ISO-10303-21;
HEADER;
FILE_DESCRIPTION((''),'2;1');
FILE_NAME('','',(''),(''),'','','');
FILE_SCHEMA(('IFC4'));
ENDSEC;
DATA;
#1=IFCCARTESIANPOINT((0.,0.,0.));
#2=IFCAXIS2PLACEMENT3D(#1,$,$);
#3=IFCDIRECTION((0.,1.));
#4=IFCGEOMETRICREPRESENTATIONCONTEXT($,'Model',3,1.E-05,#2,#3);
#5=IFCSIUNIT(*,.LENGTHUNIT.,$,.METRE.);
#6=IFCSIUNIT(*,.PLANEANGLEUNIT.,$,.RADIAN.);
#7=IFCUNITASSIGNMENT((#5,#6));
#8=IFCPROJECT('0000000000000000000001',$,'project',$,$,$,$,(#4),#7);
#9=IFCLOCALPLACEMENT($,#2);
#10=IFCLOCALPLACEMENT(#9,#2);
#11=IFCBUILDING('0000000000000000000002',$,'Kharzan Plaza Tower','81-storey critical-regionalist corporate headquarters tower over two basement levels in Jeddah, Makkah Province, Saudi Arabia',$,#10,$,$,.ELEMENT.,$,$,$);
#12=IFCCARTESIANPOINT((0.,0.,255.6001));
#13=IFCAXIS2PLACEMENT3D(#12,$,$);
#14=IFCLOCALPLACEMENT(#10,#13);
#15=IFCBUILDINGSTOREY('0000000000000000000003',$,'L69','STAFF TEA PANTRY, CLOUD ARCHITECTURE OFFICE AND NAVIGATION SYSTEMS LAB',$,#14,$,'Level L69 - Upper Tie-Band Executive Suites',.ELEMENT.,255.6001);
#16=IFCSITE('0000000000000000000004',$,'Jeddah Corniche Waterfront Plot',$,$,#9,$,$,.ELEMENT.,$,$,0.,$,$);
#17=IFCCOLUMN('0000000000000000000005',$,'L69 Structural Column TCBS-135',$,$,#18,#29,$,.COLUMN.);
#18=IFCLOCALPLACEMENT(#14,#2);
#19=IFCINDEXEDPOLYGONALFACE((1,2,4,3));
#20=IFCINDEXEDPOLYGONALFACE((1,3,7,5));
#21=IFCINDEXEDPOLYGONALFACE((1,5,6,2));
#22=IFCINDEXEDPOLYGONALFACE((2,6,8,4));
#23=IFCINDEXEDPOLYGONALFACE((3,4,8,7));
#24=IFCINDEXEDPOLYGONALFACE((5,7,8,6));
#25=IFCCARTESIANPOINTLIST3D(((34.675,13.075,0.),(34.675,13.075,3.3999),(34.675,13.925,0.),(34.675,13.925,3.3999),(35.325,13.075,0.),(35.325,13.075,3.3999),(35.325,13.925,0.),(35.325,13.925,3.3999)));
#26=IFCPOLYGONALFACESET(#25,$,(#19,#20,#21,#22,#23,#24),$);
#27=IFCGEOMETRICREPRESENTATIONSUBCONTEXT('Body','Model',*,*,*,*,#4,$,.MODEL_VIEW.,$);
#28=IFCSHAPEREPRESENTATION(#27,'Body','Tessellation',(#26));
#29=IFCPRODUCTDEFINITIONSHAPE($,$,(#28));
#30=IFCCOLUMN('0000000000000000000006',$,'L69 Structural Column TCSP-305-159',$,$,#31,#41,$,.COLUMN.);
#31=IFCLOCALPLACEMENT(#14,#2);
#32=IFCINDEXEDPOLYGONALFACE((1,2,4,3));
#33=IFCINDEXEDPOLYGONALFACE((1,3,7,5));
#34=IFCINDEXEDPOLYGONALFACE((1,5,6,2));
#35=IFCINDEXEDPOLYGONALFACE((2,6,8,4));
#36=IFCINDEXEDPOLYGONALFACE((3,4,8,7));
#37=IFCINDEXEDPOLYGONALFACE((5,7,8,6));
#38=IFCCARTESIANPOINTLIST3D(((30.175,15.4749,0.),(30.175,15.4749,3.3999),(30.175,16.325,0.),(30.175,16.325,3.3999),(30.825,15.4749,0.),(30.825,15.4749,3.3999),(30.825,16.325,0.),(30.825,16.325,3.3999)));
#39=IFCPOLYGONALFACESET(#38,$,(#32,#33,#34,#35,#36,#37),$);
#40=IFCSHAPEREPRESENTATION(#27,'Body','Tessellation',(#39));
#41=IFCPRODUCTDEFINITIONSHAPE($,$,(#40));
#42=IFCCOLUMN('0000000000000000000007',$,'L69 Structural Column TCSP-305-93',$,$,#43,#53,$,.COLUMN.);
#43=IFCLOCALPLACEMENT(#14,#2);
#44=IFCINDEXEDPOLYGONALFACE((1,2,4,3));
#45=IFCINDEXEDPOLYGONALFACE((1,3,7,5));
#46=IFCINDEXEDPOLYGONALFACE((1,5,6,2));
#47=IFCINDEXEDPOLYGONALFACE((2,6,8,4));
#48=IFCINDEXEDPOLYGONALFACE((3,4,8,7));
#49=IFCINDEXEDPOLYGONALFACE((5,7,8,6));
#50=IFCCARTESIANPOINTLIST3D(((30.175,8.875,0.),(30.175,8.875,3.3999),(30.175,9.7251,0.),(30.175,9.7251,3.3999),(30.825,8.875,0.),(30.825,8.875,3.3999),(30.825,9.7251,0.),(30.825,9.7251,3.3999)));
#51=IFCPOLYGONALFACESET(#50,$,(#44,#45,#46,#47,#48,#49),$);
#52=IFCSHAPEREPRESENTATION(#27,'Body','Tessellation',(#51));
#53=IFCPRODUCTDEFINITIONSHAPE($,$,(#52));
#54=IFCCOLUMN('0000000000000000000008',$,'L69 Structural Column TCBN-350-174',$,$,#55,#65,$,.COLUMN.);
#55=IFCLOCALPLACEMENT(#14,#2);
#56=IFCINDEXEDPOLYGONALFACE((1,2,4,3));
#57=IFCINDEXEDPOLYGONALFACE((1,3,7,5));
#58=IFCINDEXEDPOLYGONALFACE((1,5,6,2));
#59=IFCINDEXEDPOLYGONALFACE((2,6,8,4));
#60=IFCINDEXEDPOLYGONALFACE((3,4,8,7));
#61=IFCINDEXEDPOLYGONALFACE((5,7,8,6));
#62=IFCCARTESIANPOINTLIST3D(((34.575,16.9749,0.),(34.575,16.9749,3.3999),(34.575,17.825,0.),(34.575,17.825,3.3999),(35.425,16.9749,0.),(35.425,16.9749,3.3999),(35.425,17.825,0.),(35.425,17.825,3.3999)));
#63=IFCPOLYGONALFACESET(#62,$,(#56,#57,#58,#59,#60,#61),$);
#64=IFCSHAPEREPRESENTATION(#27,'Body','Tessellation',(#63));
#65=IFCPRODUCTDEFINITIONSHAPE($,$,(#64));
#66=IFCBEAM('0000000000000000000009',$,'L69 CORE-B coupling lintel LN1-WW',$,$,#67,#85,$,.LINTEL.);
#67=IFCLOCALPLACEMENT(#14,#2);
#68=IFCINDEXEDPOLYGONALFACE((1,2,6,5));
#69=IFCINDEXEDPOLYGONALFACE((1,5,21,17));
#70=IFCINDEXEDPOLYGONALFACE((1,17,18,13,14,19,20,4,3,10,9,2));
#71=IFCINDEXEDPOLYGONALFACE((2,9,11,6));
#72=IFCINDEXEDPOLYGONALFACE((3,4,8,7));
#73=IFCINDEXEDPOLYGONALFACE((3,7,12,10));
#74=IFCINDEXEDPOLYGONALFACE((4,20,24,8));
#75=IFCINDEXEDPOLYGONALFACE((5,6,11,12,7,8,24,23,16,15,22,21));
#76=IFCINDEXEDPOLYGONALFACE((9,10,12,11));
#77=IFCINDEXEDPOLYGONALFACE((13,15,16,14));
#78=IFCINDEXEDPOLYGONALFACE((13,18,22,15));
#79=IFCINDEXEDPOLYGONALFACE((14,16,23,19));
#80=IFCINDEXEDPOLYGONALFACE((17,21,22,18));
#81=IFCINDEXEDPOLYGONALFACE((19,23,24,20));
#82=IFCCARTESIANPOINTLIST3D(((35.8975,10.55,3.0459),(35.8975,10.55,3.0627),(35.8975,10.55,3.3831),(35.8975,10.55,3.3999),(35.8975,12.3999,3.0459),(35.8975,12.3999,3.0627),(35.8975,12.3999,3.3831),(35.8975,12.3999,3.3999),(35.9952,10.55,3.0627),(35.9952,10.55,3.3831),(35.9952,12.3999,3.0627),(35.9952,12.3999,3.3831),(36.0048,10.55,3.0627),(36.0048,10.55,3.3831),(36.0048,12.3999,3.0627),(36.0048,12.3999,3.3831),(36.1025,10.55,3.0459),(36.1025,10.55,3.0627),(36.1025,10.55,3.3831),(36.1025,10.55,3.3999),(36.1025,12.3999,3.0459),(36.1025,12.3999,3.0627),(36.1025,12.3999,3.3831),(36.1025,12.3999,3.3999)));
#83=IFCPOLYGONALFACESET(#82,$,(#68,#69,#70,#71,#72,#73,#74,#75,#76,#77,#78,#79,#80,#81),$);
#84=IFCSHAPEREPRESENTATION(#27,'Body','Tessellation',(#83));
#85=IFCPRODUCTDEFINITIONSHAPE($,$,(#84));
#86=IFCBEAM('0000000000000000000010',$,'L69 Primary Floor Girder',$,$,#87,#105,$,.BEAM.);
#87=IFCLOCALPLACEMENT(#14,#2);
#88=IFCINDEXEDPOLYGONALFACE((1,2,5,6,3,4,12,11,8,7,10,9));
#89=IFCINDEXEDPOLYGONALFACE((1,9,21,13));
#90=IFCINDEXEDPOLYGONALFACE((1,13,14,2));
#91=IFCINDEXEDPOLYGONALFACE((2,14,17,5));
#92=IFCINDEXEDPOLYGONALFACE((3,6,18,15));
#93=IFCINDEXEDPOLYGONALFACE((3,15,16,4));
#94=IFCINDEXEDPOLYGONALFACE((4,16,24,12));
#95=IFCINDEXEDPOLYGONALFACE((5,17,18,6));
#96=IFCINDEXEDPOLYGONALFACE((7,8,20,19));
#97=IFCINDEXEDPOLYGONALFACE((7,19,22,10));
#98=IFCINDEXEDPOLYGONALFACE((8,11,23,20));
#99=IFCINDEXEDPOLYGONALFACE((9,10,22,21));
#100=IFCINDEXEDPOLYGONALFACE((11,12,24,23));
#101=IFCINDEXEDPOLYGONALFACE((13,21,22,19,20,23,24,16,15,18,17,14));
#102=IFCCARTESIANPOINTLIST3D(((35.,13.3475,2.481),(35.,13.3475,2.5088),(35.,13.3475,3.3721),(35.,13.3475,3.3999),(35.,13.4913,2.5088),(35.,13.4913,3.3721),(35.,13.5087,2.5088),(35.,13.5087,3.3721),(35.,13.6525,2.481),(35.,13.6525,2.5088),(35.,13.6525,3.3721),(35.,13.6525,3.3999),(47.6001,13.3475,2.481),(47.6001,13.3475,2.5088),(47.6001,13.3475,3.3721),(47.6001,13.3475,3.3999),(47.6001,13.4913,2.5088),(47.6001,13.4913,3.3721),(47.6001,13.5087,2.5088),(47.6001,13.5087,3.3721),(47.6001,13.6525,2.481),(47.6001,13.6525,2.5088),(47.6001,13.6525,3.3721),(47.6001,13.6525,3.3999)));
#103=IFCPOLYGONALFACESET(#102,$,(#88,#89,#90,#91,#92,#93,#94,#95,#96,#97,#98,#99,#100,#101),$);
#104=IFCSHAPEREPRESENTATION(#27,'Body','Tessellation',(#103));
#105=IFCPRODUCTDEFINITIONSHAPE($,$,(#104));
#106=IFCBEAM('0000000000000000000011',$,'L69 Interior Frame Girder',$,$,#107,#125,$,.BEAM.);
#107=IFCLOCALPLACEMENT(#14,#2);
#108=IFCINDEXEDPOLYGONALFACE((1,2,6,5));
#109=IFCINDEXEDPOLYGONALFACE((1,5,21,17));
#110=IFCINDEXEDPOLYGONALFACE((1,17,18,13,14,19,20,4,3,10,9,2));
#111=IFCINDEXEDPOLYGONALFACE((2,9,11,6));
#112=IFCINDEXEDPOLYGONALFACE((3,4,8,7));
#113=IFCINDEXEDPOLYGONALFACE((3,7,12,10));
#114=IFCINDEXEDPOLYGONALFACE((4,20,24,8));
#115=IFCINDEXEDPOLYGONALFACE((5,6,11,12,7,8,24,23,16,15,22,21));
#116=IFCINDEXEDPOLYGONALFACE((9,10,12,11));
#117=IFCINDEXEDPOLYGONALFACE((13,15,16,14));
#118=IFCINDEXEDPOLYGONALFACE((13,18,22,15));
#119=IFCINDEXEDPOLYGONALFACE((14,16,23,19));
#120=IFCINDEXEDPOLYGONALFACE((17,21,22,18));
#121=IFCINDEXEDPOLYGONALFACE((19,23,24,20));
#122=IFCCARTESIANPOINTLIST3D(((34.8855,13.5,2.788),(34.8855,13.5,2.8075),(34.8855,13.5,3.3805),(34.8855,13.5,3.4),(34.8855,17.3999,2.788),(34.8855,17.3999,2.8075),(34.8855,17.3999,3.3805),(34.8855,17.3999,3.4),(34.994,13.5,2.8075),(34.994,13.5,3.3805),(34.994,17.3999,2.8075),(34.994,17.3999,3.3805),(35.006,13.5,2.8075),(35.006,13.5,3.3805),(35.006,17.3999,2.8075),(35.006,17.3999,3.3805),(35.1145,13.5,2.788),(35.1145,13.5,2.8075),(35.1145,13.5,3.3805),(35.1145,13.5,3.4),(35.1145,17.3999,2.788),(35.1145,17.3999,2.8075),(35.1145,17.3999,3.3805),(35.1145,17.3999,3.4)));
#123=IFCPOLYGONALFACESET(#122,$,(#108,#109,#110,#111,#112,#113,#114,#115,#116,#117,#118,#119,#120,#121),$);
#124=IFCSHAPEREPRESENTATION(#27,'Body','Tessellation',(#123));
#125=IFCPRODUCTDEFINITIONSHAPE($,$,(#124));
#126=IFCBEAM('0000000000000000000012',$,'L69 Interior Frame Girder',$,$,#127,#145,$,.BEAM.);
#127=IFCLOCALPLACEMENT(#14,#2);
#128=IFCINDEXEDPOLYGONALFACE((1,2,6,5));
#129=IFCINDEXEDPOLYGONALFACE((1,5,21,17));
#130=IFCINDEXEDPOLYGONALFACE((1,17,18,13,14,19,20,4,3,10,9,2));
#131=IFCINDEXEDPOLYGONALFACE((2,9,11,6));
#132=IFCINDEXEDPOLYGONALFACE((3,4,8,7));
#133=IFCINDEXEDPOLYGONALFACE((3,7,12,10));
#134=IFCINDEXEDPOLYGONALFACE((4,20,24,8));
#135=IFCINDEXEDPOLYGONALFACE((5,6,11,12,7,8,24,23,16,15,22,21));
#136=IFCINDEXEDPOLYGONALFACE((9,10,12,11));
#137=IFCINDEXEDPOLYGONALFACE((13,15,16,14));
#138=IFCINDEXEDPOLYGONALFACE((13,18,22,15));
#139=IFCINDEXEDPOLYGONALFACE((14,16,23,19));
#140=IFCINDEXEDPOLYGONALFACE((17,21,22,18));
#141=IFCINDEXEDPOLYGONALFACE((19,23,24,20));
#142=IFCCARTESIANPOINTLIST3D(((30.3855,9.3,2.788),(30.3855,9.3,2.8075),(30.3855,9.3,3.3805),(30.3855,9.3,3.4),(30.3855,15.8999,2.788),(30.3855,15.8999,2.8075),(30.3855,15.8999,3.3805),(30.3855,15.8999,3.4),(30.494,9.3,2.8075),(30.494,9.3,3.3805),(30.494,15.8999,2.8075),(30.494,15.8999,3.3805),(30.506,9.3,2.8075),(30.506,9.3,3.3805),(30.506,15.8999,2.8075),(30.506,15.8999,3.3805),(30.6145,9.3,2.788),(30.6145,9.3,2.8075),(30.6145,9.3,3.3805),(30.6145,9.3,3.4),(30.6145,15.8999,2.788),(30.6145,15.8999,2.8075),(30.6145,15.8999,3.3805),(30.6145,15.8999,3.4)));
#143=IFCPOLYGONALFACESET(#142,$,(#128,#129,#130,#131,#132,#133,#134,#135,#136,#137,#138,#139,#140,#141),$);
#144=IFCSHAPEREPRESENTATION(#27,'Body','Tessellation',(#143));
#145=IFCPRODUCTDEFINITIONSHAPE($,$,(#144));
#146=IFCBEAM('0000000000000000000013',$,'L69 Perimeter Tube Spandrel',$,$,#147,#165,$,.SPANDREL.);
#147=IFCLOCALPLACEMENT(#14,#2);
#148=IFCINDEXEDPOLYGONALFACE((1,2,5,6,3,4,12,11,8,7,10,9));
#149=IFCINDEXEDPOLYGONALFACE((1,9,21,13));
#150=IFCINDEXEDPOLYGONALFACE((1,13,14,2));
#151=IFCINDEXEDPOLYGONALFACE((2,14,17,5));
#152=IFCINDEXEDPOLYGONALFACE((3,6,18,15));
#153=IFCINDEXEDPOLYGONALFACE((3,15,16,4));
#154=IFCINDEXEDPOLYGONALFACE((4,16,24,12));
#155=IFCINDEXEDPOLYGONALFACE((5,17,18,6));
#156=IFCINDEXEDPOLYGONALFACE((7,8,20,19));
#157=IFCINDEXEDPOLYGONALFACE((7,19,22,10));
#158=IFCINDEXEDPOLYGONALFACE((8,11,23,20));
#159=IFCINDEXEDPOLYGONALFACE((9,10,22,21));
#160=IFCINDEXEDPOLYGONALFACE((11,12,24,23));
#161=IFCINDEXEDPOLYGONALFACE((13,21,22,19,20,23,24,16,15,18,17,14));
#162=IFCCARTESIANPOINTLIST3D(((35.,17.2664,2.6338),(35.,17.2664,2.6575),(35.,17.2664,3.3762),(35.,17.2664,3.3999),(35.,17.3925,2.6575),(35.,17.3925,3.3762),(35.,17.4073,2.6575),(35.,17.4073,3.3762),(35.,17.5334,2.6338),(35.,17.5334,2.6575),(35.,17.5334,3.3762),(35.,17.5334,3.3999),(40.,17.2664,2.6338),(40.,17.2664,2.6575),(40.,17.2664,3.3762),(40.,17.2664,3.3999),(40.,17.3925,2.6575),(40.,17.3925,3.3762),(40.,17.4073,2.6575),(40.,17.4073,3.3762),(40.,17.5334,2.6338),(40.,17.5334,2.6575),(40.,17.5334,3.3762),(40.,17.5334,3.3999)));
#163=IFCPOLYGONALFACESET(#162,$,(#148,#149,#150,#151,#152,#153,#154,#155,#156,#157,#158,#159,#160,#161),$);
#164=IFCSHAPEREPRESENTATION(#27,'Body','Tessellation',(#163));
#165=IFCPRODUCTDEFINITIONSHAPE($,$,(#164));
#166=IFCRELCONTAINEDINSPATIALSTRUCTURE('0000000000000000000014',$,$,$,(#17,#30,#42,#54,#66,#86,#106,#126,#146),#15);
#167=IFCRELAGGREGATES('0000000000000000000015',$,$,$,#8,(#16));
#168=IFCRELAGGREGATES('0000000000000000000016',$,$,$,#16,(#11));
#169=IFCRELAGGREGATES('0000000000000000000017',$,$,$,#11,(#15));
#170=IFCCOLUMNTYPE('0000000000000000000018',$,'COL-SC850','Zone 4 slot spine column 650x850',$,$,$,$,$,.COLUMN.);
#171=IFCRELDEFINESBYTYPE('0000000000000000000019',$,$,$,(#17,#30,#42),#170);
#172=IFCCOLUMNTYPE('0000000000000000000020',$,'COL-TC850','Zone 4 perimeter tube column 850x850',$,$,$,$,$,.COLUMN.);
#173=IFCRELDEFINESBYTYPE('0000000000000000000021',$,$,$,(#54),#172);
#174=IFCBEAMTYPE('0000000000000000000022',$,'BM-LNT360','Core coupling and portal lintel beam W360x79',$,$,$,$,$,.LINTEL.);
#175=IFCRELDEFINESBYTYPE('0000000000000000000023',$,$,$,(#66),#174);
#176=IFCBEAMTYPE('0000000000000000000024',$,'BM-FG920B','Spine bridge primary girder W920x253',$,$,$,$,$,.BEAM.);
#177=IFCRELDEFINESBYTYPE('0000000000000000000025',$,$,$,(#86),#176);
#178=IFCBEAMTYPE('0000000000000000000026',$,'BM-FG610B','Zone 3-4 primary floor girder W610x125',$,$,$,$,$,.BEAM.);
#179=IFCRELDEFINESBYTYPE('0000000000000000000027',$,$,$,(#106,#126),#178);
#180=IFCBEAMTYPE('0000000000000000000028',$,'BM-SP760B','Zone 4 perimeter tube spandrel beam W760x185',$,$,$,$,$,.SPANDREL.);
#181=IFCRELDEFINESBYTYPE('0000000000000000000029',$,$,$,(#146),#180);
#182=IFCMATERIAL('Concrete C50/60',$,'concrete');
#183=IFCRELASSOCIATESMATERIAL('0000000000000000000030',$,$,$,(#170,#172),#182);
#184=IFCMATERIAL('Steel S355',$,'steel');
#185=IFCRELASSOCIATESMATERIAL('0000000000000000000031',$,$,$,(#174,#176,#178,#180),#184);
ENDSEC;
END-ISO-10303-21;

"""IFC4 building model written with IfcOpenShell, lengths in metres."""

from ifc_helpers import new_model, si_unit, direction, frame, origin, origin_2d, place, context, subcontext, project, spatial, rectangle, i_section, extrude, source, transform, mapped, material, material_profile, profile_set, type_object, element, save


model = new_model("IFC4")

# Units and contexts
model_context = context("Model", 3, precision=1e-05, world=origin(), true_north=direction((0.0, 1.0)))
body_context = subcontext(model_context, "Body", "Model", "MODEL_VIEW")
ifc_project = project(units=[si_unit("LENGTHUNIT", "METRE"), si_unit("PLANEANGLEUNIT", "RADIAN")], contexts=[model_context])

# Site, building, storey
site_placement = place(None, origin())
site = spatial("IfcSite", under=ifc_project, at=site_placement, Name="Jeddah Corniche Waterfront Plot", CompositionType="ELEMENT", RefElevation=0.0)
building_placement = place(site_placement, origin())
building = spatial("IfcBuilding", under=site, at=building_placement, Name="Kharzan Plaza Tower", Description="81-storey critical-regionalist corporate headquarters tower over two basement levels in Jeddah, Makkah Province, Saudi Arabia", CompositionType="ELEMENT")
storey_placement = place(building_placement, frame((0.0, 0.0, 255.6001)))
storey = spatial("IfcBuildingStorey", under=building, at=storey_placement, Name="L69", Description="STAFF TEA PANTRY, CLOUD ARCHITECTURE OFFICE AND NAVIGATION SYSTEMS LAB", LongName="Level L69 - Upper Tie-Band Executive Suites", CompositionType="ELEMENT", Elevation=255.6001)

# Columns
ifc_material_1 = material(Name="Concrete C50/60", Category="concrete")
ifc_material_profile_1 = material_profile(ifc_material_1, rectangle(XDim=0.6499, YDim=0.8501, at=origin_2d()), Name="RC-SC850x650")
ifc_profile_set_1 = profile_set([ifc_material_profile_1], Name="Concrete C50/60")
column_type_1 = type_object("IfcColumnType", Name="COL-SC850", Description="Zone 4 slot spine column 650x850", PredefinedType="COLUMN", material=ifc_profile_set_1)
shared_shape_1 = source(origin(), body_context, "Body", "SweptSolid", [
    extrude(rectangle(XDim=0.6499, YDim=0.8501, at=origin_2d()), origin(), (0.0, 0.0, 1.0), 3.3999),
])
for number, where, z_axis, x_axis, name in (
    (1, (35.0, 13.5, 0.0), (0.0, 0.0, 1.0), (1.0, 0.0, 0.0), "L69 Structural Column TCBS-135"),
    (2, (30.5, 15.8999, 0.0), (0.0, 0.0, 1.0), (1.0, 0.0, 0.0), "L69 Structural Column TCSP-305-159"),
    (3, (30.5, 9.3, 0.0), (0.0, 0.0, 1.0), (1.0, 0.0, 0.0), "L69 Structural Column TCSP-305-93"),
):
    element("IfcColumn", number, at=place(storey_placement, frame(where, z_axis=z_axis, x_axis=x_axis)), inside=storey, type_object=column_type_1, Name=name, PredefinedType="COLUMN", context=body_context, shape_type="MappedRepresentation", body=[
        mapped(shared_shape_1, transform((0.0, 0.0, 0.0), x_axis=(1.0, 0.0, 0.0), y_axis=(0.0, 1.0, 0.0), z_axis=(0.0, 0.0, 1.0))),
    ])
ifc_material_profile_2 = material_profile(ifc_material_1, rectangle(XDim=0.8501, YDim=0.8501, at=origin_2d()), Name="RC-TC850x850")
ifc_profile_set_2 = profile_set([ifc_material_profile_2], Name="Concrete C50/60")
column_type_2 = type_object("IfcColumnType", Name="COL-TC850", Description="Zone 4 perimeter tube column 850x850", PredefinedType="COLUMN", material=ifc_profile_set_2)
shared_shape_2 = source(origin(), body_context, "Body", "SweptSolid", [
    extrude(rectangle(XDim=0.8501, YDim=0.8501, at=origin_2d()), origin(), (0.0, 0.0, 1.0), 3.3999),
])
column_placement = place(storey_placement, frame((35.0, 17.3999, 0.0), z_axis=(0.0, 0.0, 1.0), x_axis=(1.0, 0.0, 0.0)))
element("IfcColumn", 4, at=column_placement, inside=storey, type_object=column_type_2, Name="L69 Structural Column TCBN-350-174", PredefinedType="COLUMN", context=body_context, shape_type="MappedRepresentation", body=[
    mapped(shared_shape_2, transform((0.0, 0.0, 0.0), x_axis=(1.0, 0.0, 0.0), y_axis=(0.0, 1.0, 0.0), z_axis=(0.0, 0.0, 1.0))),
])

# Beams
ifc_material_2 = material(Name="Steel S355", Category="steel")
ifc_material_profile_3 = material_profile(ifc_material_2, i_section(OverallWidth=0.2051, OverallDepth=0.354, WebThickness=0.0095, FlangeThickness=0.0168, at=origin_2d()), Name="W360x79")
ifc_profile_set_3 = profile_set([ifc_material_profile_3], Name="Steel S355")
beam_type_1 = type_object("IfcBeamType", Name="BM-LNT360", Description="Core coupling and portal lintel beam W360x79", PredefinedType="LINTEL", material=ifc_profile_set_3)
shared_shape_3 = source(origin(), body_context, "Body", "SweptSolid", [
    extrude(i_section(OverallWidth=0.2051, OverallDepth=0.354, WebThickness=0.0095, FlangeThickness=0.0168, at=origin_2d()), origin(), (0.0, 0.0, 1.0), 1.8499),
])
beam_1_placement = place(storey_placement, frame((36.0, 10.55, 3.2229), z_axis=(0.0, 1.0, 0.0), x_axis=(-1.0, 0.0, 0.0)))
element("IfcBeam", 5, at=beam_1_placement, inside=storey, type_object=beam_type_1, Name="L69 CORE-B coupling lintel LN1-WW", PredefinedType="LINTEL", context=body_context, shape_type="MappedRepresentation", body=[
    mapped(shared_shape_3, transform((0.0, 0.0, 0.0), x_axis=(1.0, 0.0, 0.0), y_axis=(0.0, 1.0, 0.0), z_axis=(0.0, 0.0, 1.0))),
])
ifc_material_profile_4 = material_profile(ifc_material_2, i_section(OverallWidth=0.3049, OverallDepth=0.9189, WebThickness=0.0173, FlangeThickness=0.0278, at=origin_2d()), Name="W920x253")
ifc_profile_set_4 = profile_set([ifc_material_profile_4], Name="Steel S355")
beam_type_2 = type_object("IfcBeamType", Name="BM-FG920B", Description="Spine bridge primary girder W920x253", PredefinedType="BEAM", material=ifc_profile_set_4)
shared_shape_4 = source(origin(), body_context, "Body", "SweptSolid", [
    extrude(i_section(OverallWidth=0.3049, OverallDepth=0.9189, WebThickness=0.0173, FlangeThickness=0.0278, at=origin_2d()), origin(), (0.0, 0.0, 1.0), 12.6001),
])
beam_2_placement = place(storey_placement, frame((35.0, 13.5, 2.9404), z_axis=(1.0, 0.0, 0.0), x_axis=(0.0, 1.0, 0.0)))
element("IfcBeam", 6, at=beam_2_placement, inside=storey, type_object=beam_type_2, Name="L69 Primary Floor Girder", PredefinedType="BEAM", context=body_context, shape_type="MappedRepresentation", body=[
    mapped(shared_shape_4, transform((0.0, 0.0, 0.0), x_axis=(1.0, 0.0, 0.0), y_axis=(0.0, 1.0, 0.0), z_axis=(0.0, 0.0, 1.0))),
])
ifc_material_profile_5 = material_profile(ifc_material_2, i_section(OverallWidth=0.229, OverallDepth=0.6121, WebThickness=0.012, FlangeThickness=0.0195, at=origin_2d()), Name="W610x125")
ifc_profile_set_5 = profile_set([ifc_material_profile_5], Name="Steel S355")
beam_type_3 = type_object("IfcBeamType", Name="BM-FG610B", Description="Zone 3-4 primary floor girder W610x125", PredefinedType="BEAM", material=ifc_profile_set_5)
shared_shape_5 = source(origin(), body_context, "Body", "SweptSolid", [
    extrude(i_section(OverallWidth=0.229, OverallDepth=0.6121, WebThickness=0.012, FlangeThickness=0.0195, at=origin_2d()), origin(), (0.0, 0.0, 1.0), 3.8999),
])
beam_3_placement = place(storey_placement, frame((35.0, 13.5, 3.094), z_axis=(0.0, 1.0, 0.0), x_axis=(-1.0, 0.0, 0.0)))
element("IfcBeam", 7, at=beam_3_placement, inside=storey, type_object=beam_type_3, Name="L69 Interior Frame Girder", PredefinedType="BEAM", context=body_context, shape_type="MappedRepresentation", body=[
    mapped(shared_shape_5, transform((0.0, 0.0, 0.0), x_axis=(1.0, 0.0, 0.0), y_axis=(0.0, 1.0, 0.0), z_axis=(0.0, 0.0, 1.0))),
])
shared_shape_6 = source(origin(), body_context, "Body", "SweptSolid", [
    extrude(i_section(OverallWidth=0.229, OverallDepth=0.6121, WebThickness=0.012, FlangeThickness=0.0195, at=origin_2d()), origin(), (0.0, 0.0, 1.0), 6.5999),
])
beam_4_placement = place(storey_placement, frame((30.5, 9.3, 3.094), z_axis=(0.0, 1.0, 0.0), x_axis=(-1.0, 0.0, 0.0)))
element("IfcBeam", 8, at=beam_4_placement, inside=storey, type_object=beam_type_3, Name="L69 Interior Frame Girder", PredefinedType="BEAM", context=body_context, shape_type="MappedRepresentation", body=[
    mapped(shared_shape_6, transform((0.0, 0.0, 0.0), x_axis=(1.0, 0.0, 0.0), y_axis=(0.0, 1.0, 0.0), z_axis=(0.0, 0.0, 1.0))),
])
ifc_material_profile_6 = material_profile(ifc_material_2, i_section(OverallWidth=0.2671, OverallDepth=0.7661, WebThickness=0.0149, FlangeThickness=0.0237, at=origin_2d()), Name="W760x185")
ifc_profile_set_6 = profile_set([ifc_material_profile_6], Name="Steel S355")
beam_type_4 = type_object("IfcBeamType", Name="BM-SP760B", Description="Zone 4 perimeter tube spandrel beam W760x185", PredefinedType="SPANDREL", material=ifc_profile_set_6)
shared_shape_7 = source(origin(), body_context, "Body", "SweptSolid", [
    extrude(i_section(OverallWidth=0.2671, OverallDepth=0.7661, WebThickness=0.0149, FlangeThickness=0.0237, at=origin_2d()), origin(), (0.0, 0.0, 1.0), 5.0),
])
beam_5_placement = place(storey_placement, frame((35.0, 17.3999, 3.0168), z_axis=(1.0, 0.0, 0.0), x_axis=(0.0, 1.0, 0.0)))
element("IfcBeam", 9, at=beam_5_placement, inside=storey, type_object=beam_type_4, Name="L69 Perimeter Tube Spandrel", PredefinedType="SPANDREL", context=body_context, shape_type="MappedRepresentation", body=[
    mapped(shared_shape_7, transform((0.0, 0.0, 0.0), x_axis=(1.0, 0.0, 0.0), y_axis=(0.0, 1.0, 0.0), z_axis=(0.0, 0.0, 1.0))),
])

save(model, "model.ifc")
